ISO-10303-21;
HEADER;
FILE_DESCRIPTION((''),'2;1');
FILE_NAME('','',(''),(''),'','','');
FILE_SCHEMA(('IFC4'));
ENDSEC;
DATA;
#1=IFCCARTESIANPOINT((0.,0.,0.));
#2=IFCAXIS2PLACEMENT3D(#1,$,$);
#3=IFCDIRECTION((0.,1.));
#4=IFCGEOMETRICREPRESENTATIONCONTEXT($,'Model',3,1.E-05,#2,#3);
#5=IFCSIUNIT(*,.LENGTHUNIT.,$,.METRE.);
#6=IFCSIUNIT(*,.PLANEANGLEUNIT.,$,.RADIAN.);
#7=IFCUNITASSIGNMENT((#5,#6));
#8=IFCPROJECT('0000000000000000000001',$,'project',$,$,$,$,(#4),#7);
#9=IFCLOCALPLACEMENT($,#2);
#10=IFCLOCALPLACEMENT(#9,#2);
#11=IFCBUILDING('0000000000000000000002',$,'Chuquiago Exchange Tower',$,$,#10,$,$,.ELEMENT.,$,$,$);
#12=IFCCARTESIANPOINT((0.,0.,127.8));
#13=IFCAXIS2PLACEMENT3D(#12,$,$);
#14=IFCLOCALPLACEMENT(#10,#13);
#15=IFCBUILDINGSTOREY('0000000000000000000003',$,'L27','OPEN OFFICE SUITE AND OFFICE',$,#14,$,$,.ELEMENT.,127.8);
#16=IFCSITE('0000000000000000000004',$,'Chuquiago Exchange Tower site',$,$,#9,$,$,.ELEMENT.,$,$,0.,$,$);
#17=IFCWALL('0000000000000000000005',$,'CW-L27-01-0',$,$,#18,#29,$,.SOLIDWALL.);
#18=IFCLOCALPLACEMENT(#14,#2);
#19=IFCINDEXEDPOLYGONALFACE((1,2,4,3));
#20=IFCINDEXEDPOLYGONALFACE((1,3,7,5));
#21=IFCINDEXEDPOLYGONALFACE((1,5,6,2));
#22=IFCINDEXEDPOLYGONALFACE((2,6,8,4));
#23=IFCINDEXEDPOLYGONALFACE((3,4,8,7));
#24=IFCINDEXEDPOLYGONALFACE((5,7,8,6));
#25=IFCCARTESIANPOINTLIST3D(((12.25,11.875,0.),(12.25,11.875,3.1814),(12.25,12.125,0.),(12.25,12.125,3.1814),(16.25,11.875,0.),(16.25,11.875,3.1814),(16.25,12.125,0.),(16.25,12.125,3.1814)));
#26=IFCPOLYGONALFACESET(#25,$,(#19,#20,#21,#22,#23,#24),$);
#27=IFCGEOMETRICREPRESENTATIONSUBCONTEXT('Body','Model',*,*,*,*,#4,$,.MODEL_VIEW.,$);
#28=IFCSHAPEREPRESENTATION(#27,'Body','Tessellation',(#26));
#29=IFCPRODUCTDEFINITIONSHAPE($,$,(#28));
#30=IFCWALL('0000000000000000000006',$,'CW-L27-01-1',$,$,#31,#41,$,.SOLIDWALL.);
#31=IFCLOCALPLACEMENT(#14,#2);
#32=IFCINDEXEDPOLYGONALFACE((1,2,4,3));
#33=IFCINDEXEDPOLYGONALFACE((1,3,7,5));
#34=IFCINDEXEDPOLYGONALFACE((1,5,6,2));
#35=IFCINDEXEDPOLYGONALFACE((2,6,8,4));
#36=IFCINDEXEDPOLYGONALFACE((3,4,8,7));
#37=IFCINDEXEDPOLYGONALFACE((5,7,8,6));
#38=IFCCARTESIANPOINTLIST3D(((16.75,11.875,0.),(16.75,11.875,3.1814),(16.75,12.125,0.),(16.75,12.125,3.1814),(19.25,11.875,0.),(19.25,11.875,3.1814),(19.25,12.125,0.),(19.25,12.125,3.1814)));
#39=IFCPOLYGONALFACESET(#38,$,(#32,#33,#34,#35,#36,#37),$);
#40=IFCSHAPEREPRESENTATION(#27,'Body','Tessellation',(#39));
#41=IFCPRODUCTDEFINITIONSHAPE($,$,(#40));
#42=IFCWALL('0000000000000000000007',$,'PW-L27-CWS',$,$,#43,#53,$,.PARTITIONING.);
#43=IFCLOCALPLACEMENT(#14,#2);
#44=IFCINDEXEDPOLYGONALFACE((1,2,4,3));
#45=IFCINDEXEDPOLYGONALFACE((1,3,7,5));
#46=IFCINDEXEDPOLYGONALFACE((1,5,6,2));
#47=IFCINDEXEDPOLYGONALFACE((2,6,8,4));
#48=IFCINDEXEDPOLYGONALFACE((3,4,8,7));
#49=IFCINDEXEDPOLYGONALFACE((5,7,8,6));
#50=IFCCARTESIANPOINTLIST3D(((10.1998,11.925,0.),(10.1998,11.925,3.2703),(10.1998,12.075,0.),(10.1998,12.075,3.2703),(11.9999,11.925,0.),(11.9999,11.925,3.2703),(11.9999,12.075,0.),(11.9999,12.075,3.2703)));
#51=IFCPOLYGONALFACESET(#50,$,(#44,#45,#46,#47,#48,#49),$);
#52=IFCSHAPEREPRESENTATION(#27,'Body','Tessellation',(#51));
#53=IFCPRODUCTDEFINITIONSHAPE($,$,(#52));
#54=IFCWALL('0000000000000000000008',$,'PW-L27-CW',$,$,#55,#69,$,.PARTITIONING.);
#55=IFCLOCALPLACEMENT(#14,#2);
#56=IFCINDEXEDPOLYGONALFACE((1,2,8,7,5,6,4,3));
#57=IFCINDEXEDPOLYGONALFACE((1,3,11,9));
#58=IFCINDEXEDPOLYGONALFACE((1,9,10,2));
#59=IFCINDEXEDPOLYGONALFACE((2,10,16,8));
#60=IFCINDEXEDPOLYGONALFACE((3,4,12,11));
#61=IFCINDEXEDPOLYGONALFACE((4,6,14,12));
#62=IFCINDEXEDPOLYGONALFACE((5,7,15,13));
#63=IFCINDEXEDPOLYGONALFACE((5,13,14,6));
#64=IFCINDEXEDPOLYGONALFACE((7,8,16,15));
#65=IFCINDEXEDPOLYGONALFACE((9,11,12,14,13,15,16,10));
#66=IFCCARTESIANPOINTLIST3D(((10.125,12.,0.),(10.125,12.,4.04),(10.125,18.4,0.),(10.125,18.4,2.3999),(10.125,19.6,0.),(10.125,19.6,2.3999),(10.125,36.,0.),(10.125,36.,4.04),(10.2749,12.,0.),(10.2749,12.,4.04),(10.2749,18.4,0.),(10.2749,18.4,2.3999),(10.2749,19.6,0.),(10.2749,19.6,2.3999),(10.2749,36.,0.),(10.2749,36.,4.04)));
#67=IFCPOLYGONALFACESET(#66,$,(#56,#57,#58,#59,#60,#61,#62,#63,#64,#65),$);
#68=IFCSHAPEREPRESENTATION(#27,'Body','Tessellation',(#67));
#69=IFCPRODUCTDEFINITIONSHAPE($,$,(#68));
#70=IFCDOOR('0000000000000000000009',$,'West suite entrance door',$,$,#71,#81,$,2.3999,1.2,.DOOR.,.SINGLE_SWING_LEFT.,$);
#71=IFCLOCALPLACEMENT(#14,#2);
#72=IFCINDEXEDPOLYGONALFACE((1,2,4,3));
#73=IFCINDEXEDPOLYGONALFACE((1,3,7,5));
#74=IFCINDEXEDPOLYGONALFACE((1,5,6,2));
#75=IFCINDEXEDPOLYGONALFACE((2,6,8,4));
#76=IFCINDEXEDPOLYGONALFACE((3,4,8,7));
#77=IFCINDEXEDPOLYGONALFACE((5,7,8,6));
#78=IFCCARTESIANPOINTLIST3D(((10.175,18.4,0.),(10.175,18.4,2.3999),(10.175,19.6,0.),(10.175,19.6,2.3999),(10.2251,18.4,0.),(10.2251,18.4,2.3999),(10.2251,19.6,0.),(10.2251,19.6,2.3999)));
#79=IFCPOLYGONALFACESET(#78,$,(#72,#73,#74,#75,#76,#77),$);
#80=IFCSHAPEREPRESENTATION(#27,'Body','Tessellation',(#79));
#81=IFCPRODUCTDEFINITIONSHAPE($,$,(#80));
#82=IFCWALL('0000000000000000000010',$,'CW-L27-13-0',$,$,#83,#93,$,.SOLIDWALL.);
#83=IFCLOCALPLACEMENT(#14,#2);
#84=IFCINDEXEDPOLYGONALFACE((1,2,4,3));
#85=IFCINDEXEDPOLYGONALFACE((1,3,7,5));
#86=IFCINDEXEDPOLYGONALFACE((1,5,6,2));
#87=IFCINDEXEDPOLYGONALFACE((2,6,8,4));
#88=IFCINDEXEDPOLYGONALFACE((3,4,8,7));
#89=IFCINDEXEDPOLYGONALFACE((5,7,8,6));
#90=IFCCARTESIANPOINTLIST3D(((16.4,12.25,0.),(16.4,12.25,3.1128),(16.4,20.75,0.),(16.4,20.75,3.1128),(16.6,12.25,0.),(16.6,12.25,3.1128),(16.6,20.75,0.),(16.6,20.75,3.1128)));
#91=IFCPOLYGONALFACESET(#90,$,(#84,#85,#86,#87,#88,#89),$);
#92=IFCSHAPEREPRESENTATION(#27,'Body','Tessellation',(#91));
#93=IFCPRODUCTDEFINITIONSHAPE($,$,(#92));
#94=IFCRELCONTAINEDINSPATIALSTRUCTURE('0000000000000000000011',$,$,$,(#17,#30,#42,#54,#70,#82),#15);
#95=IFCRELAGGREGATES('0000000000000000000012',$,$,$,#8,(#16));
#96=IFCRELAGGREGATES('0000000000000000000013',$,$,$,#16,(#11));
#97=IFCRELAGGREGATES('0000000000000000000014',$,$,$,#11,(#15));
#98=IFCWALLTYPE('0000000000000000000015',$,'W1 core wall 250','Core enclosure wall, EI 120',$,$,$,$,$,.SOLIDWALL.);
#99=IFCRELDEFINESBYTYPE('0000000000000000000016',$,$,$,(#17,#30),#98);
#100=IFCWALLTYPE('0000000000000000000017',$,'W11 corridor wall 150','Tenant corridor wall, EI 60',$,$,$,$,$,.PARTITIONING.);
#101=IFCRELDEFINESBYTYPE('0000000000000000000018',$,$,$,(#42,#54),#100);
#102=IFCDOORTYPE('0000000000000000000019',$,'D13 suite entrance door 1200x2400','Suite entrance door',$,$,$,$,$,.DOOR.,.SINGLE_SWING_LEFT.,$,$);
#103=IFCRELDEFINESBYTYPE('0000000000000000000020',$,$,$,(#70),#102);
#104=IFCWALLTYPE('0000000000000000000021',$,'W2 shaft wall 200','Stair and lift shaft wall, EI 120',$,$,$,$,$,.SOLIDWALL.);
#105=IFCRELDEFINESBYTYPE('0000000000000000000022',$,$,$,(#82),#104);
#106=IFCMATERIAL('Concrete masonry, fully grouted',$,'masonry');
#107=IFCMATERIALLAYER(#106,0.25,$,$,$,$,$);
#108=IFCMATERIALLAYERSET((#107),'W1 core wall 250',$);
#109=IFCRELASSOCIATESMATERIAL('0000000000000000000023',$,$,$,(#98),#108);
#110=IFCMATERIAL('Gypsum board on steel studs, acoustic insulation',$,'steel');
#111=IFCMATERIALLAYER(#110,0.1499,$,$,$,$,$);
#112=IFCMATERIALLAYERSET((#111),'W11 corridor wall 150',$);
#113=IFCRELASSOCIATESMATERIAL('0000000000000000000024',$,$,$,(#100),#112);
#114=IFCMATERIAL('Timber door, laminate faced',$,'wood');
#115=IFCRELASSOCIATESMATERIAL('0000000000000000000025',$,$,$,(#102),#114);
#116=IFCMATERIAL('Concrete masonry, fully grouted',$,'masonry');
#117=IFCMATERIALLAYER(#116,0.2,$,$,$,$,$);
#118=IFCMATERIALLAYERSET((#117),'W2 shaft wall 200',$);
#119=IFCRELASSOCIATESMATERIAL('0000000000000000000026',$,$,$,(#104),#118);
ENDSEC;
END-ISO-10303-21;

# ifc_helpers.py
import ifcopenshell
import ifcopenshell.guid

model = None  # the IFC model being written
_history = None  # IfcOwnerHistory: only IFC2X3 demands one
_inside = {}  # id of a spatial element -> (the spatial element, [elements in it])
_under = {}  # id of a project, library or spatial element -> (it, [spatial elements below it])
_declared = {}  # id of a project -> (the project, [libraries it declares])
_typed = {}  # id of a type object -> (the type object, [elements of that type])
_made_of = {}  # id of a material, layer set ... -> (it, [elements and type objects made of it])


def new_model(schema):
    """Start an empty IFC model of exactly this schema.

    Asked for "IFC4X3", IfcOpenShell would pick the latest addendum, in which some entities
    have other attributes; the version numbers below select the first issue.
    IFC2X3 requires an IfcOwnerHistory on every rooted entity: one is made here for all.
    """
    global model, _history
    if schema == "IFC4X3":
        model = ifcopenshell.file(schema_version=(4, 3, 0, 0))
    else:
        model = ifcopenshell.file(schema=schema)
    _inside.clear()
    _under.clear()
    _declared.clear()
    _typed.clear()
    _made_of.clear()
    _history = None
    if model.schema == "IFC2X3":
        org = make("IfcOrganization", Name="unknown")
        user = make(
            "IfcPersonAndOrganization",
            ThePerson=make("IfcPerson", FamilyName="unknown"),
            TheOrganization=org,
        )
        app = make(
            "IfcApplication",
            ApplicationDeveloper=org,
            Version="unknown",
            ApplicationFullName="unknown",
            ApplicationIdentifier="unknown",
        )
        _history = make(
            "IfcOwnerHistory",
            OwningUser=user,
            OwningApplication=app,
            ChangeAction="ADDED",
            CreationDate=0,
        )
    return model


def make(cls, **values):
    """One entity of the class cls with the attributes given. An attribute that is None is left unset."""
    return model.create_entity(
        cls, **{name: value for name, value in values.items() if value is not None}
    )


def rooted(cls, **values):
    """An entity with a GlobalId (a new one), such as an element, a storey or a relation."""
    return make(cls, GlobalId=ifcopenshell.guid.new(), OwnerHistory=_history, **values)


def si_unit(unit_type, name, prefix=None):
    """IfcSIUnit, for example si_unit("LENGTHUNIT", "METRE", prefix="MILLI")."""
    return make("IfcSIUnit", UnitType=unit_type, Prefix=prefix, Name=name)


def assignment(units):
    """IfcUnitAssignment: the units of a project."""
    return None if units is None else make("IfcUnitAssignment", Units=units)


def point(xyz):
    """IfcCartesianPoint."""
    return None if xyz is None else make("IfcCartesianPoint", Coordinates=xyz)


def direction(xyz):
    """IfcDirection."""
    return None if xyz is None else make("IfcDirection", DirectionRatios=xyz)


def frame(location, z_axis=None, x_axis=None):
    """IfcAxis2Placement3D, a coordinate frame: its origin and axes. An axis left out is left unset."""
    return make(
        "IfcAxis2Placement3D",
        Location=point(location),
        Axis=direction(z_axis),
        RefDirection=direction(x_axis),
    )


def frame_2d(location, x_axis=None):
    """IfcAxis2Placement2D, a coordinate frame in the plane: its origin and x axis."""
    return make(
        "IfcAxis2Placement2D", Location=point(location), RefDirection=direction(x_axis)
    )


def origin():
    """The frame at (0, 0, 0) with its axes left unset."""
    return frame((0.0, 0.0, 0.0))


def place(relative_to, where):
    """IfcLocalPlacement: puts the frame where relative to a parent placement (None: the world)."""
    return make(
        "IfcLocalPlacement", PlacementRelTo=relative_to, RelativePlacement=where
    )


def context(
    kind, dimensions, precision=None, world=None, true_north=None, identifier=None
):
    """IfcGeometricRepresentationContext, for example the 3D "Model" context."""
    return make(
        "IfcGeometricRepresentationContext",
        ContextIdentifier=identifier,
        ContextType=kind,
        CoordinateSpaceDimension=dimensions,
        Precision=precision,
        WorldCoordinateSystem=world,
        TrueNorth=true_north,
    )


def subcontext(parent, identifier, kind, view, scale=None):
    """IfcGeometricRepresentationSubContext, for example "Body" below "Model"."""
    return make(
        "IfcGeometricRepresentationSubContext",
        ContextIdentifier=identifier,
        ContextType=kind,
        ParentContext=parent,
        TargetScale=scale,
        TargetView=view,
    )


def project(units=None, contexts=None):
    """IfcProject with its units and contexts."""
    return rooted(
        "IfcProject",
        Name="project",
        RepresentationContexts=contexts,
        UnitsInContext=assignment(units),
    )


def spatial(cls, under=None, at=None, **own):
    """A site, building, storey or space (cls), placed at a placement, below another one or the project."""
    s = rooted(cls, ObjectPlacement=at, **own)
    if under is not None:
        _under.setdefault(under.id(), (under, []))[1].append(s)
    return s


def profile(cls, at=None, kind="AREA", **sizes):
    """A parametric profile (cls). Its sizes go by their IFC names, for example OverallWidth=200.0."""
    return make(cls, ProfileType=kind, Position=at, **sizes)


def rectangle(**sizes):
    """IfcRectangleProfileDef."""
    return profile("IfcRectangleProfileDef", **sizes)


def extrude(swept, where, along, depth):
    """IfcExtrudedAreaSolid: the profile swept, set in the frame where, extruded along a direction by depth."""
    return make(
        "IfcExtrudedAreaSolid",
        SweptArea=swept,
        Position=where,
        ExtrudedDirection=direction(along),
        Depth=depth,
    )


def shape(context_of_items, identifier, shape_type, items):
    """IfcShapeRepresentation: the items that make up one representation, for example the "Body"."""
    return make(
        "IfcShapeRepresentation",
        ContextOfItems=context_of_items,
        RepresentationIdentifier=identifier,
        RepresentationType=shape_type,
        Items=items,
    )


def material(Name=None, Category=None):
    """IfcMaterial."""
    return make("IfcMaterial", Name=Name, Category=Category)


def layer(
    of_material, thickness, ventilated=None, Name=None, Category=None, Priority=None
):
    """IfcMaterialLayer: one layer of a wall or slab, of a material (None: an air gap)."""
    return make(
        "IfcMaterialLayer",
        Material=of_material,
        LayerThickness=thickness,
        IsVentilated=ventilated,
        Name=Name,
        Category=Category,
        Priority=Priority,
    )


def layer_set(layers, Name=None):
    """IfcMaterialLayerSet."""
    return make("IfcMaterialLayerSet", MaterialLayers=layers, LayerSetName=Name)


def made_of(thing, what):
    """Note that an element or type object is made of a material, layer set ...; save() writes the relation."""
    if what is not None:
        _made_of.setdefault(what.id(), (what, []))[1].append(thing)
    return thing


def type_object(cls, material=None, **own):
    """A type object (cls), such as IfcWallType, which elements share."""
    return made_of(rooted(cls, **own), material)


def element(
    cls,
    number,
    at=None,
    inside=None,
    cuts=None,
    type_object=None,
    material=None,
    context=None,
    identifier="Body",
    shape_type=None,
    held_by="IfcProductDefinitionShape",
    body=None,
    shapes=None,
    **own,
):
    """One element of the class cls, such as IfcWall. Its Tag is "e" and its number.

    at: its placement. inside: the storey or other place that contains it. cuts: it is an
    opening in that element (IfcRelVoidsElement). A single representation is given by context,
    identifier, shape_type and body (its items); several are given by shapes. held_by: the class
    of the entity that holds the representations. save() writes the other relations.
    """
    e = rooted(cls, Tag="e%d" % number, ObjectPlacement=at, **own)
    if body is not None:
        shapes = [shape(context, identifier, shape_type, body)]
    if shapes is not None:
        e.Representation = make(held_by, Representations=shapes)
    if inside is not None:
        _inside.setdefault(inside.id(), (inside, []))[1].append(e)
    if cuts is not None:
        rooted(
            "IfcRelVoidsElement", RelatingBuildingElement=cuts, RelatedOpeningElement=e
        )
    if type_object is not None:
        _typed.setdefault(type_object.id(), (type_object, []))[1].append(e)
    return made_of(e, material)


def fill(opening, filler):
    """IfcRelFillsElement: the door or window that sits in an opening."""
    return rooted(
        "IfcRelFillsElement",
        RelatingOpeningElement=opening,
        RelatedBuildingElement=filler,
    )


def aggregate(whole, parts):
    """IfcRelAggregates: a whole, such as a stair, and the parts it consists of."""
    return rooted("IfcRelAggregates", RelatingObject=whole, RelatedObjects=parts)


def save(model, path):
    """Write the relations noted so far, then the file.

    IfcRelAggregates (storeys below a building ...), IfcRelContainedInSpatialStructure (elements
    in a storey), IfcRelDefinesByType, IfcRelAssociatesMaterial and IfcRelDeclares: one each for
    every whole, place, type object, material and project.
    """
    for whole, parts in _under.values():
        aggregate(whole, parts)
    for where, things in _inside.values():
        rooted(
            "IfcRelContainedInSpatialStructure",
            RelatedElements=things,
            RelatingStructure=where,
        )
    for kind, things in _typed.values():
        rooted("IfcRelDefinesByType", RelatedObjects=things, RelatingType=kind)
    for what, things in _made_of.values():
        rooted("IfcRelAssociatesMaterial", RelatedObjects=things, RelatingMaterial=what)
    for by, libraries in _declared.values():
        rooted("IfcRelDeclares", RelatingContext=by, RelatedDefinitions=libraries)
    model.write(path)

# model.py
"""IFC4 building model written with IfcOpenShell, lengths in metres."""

from ifc_helpers import new_model, si_unit, direction, frame, frame_2d, origin, place, context, subcontext, project, spatial, rectangle, extrude, material, layer, layer_set, type_object, element, fill, save


model = new_model("IFC4")

# Units and contexts
model_context = context("Model", 3, precision=1e-05, world=origin(), true_north=direction((0.0, 1.0)))
body_context = subcontext(model_context, "Body", "Model", "MODEL_VIEW")
ifc_project = project(units=[si_unit("LENGTHUNIT", "METRE"), si_unit("PLANEANGLEUNIT", "RADIAN")], contexts=[model_context])

# Site, building, storey
site_placement = place(None, origin())
site = spatial("IfcSite", under=ifc_project, at=site_placement, Name="Chuquiago Exchange Tower site", CompositionType="ELEMENT", RefElevation=0.0)
building_placement = place(site_placement, origin())
building = spatial("IfcBuilding", under=site, at=building_placement, Name="Chuquiago Exchange Tower", CompositionType="ELEMENT")
storey_placement = place(building_placement, frame((0.0, 0.0, 127.8)))
storey = spatial("IfcBuildingStorey", under=building, at=storey_placement, Name="L27", Description="OPEN OFFICE SUITE AND OFFICE", CompositionType="ELEMENT", Elevation=127.8)

# Shared definitions
ifc_material_1 = material(Name="Concrete masonry, fully grouted", Category="masonry")
ifc_layer_1 = layer(ifc_material_1, 0.25)
ifc_layer_set_1 = layer_set([ifc_layer_1], Name="W1 core wall 250")
wall_type_1 = type_object("IfcWallType", Name="W1 core wall 250", Description="Core enclosure wall, EI 120", PredefinedType="SOLIDWALL", material=ifc_layer_set_1)

# Walls
wall_1_placement = place(storey_placement, frame((12.25, 12.0, 0.0), z_axis=(0.0, 0.0, 1.0), x_axis=(1.0, 0.0, 0.0)))
element("IfcWall", 1, at=wall_1_placement, inside=storey, type_object=wall_type_1, Name="CW-L27-01-0", PredefinedType="SOLIDWALL", context=body_context, shape_type="SweptSolid", body=[
    extrude(rectangle(XDim=4.0, YDim=0.25, at=frame_2d((2.0, 0.0))), origin(), (0.0, 0.0, 1.0), 3.1814),
])
wall_2_placement = place(storey_placement, frame((16.75, 12.0, 0.0), z_axis=(0.0, 0.0, 1.0), x_axis=(1.0, 0.0, 0.0)))
element("IfcWall", 2, at=wall_2_placement, inside=storey, type_object=wall_type_1, Name="CW-L27-01-1", PredefinedType="SOLIDWALL", context=body_context, shape_type="SweptSolid", body=[
    extrude(rectangle(XDim=2.5, YDim=0.25, at=frame_2d((1.25, 0.0))), origin(), (0.0, 0.0, 1.0), 3.1814),
])
ifc_material_2 = material(Name="Gypsum board on steel studs, acoustic insulation", Category="steel")
ifc_layer_2 = layer(ifc_material_2, 0.1499)
ifc_layer_set_2 = layer_set([ifc_layer_2], Name="W11 corridor wall 150")
wall_type_2 = type_object("IfcWallType", Name="W11 corridor wall 150", Description="Tenant corridor wall, EI 60", PredefinedType="PARTITIONING", material=ifc_layer_set_2)
wall_3_placement = place(storey_placement, frame((10.2, 12.0, 0.0), z_axis=(0.0, 0.0, 1.0), x_axis=(1.0, 0.0, 0.0)))
element("IfcWall", 3, at=wall_3_placement, inside=storey, type_object=wall_type_2, Name="PW-L27-CWS", PredefinedType="PARTITIONING", context=body_context, shape_type="SweptSolid", body=[
    extrude(rectangle(XDim=1.8, YDim=0.1499, at=frame_2d((0.8999, 0.0))), origin(), (0.0, 0.0, 1.0), 3.2703),
])

# Wall, opening, door
wall_4_placement = place(storey_placement, frame((10.2, 12.0, 0.0), z_axis=(0.0, 0.0, 1.0), x_axis=(0.0, 1.0, 0.0)))
wall_4 = element("IfcWall", 4, at=wall_4_placement, inside=storey, type_object=wall_type_2, Name="PW-L27-CW", PredefinedType="PARTITIONING", context=body_context, shape_type="SweptSolid", body=[
    extrude(rectangle(XDim=24.0, YDim=0.1499, at=frame_2d((12.0, 0.0))), origin(), (0.0, 0.0, 1.0), 4.04),
])
opening_1_placement = place(wall_4_placement, frame((6.3999, 0.0, 0.0)))
opening_1 = element("IfcOpeningElement", 5, at=opening_1_placement, cuts=wall_4, PredefinedType="OPENING", context=body_context, shape_type="SweptSolid", body=[
    extrude(rectangle(XDim=1.2, YDim=2.3999, at=frame_2d((0.6001, 1.2))), frame((0.0, 0.085, 0.0), z_axis=(0.0, -1.0, 0.0), x_axis=(1.0, 0.0, 0.0)), (0.0, 0.0, 1.0), 0.1699),
])
ifc_material_3 = material(Name="Timber door, laminate faced", Category="wood")
door_type_1 = type_object("IfcDoorType", Name="D13 suite entrance door 1200x2400", Description="Suite entrance door", OperationType="SINGLE_SWING_LEFT", PredefinedType="DOOR", material=ifc_material_3)
door_1_placement = place(opening_1_placement, origin())
door_1 = element("IfcDoor", 6, at=door_1_placement, inside=storey, type_object=door_type_1, Name="West suite entrance door", OperationType="SINGLE_SWING_LEFT", OverallHeight=2.3999, OverallWidth=1.2, PredefinedType="DOOR", context=body_context, shape_type="SweptSolid", body=[
    extrude(rectangle(XDim=1.2, YDim=2.3999, at=frame_2d((0.6001, 1.2))), frame((0.0, 0.0249, 0.0), z_axis=(0.0, -1.0, 0.0), x_axis=(1.0, 0.0, 0.0)), (0.0, 0.0, 1.0), 0.05),
])
fill(opening_1, door_1)

# Wall
ifc_material_4 = material(Name="Concrete masonry, fully grouted", Category="masonry")
ifc_layer_3 = layer(ifc_material_4, 0.2)
ifc_layer_set_3 = layer_set([ifc_layer_3], Name="W2 shaft wall 200")
wall_type_3 = type_object("IfcWallType", Name="W2 shaft wall 200", Description="Stair and lift shaft wall, EI 120", PredefinedType="SOLIDWALL", material=ifc_layer_set_3)
wall_5_placement = place(storey_placement, frame((16.5, 12.25, 0.0), z_axis=(0.0, 0.0, 1.0), x_axis=(0.0, 1.0, 0.0)))
element("IfcWall", 7, at=wall_5_placement, inside=storey, type_object=wall_type_3, Name="CW-L27-13-0", PredefinedType="SOLIDWALL", context=body_context, shape_type="SweptSolid", body=[
    extrude(rectangle(XDim=8.5, YDim=0.2, at=frame_2d((4.25, 0.0))), origin(), (0.0, 0.0, 1.0), 3.1128),
])

save(model, "model.ifc")
